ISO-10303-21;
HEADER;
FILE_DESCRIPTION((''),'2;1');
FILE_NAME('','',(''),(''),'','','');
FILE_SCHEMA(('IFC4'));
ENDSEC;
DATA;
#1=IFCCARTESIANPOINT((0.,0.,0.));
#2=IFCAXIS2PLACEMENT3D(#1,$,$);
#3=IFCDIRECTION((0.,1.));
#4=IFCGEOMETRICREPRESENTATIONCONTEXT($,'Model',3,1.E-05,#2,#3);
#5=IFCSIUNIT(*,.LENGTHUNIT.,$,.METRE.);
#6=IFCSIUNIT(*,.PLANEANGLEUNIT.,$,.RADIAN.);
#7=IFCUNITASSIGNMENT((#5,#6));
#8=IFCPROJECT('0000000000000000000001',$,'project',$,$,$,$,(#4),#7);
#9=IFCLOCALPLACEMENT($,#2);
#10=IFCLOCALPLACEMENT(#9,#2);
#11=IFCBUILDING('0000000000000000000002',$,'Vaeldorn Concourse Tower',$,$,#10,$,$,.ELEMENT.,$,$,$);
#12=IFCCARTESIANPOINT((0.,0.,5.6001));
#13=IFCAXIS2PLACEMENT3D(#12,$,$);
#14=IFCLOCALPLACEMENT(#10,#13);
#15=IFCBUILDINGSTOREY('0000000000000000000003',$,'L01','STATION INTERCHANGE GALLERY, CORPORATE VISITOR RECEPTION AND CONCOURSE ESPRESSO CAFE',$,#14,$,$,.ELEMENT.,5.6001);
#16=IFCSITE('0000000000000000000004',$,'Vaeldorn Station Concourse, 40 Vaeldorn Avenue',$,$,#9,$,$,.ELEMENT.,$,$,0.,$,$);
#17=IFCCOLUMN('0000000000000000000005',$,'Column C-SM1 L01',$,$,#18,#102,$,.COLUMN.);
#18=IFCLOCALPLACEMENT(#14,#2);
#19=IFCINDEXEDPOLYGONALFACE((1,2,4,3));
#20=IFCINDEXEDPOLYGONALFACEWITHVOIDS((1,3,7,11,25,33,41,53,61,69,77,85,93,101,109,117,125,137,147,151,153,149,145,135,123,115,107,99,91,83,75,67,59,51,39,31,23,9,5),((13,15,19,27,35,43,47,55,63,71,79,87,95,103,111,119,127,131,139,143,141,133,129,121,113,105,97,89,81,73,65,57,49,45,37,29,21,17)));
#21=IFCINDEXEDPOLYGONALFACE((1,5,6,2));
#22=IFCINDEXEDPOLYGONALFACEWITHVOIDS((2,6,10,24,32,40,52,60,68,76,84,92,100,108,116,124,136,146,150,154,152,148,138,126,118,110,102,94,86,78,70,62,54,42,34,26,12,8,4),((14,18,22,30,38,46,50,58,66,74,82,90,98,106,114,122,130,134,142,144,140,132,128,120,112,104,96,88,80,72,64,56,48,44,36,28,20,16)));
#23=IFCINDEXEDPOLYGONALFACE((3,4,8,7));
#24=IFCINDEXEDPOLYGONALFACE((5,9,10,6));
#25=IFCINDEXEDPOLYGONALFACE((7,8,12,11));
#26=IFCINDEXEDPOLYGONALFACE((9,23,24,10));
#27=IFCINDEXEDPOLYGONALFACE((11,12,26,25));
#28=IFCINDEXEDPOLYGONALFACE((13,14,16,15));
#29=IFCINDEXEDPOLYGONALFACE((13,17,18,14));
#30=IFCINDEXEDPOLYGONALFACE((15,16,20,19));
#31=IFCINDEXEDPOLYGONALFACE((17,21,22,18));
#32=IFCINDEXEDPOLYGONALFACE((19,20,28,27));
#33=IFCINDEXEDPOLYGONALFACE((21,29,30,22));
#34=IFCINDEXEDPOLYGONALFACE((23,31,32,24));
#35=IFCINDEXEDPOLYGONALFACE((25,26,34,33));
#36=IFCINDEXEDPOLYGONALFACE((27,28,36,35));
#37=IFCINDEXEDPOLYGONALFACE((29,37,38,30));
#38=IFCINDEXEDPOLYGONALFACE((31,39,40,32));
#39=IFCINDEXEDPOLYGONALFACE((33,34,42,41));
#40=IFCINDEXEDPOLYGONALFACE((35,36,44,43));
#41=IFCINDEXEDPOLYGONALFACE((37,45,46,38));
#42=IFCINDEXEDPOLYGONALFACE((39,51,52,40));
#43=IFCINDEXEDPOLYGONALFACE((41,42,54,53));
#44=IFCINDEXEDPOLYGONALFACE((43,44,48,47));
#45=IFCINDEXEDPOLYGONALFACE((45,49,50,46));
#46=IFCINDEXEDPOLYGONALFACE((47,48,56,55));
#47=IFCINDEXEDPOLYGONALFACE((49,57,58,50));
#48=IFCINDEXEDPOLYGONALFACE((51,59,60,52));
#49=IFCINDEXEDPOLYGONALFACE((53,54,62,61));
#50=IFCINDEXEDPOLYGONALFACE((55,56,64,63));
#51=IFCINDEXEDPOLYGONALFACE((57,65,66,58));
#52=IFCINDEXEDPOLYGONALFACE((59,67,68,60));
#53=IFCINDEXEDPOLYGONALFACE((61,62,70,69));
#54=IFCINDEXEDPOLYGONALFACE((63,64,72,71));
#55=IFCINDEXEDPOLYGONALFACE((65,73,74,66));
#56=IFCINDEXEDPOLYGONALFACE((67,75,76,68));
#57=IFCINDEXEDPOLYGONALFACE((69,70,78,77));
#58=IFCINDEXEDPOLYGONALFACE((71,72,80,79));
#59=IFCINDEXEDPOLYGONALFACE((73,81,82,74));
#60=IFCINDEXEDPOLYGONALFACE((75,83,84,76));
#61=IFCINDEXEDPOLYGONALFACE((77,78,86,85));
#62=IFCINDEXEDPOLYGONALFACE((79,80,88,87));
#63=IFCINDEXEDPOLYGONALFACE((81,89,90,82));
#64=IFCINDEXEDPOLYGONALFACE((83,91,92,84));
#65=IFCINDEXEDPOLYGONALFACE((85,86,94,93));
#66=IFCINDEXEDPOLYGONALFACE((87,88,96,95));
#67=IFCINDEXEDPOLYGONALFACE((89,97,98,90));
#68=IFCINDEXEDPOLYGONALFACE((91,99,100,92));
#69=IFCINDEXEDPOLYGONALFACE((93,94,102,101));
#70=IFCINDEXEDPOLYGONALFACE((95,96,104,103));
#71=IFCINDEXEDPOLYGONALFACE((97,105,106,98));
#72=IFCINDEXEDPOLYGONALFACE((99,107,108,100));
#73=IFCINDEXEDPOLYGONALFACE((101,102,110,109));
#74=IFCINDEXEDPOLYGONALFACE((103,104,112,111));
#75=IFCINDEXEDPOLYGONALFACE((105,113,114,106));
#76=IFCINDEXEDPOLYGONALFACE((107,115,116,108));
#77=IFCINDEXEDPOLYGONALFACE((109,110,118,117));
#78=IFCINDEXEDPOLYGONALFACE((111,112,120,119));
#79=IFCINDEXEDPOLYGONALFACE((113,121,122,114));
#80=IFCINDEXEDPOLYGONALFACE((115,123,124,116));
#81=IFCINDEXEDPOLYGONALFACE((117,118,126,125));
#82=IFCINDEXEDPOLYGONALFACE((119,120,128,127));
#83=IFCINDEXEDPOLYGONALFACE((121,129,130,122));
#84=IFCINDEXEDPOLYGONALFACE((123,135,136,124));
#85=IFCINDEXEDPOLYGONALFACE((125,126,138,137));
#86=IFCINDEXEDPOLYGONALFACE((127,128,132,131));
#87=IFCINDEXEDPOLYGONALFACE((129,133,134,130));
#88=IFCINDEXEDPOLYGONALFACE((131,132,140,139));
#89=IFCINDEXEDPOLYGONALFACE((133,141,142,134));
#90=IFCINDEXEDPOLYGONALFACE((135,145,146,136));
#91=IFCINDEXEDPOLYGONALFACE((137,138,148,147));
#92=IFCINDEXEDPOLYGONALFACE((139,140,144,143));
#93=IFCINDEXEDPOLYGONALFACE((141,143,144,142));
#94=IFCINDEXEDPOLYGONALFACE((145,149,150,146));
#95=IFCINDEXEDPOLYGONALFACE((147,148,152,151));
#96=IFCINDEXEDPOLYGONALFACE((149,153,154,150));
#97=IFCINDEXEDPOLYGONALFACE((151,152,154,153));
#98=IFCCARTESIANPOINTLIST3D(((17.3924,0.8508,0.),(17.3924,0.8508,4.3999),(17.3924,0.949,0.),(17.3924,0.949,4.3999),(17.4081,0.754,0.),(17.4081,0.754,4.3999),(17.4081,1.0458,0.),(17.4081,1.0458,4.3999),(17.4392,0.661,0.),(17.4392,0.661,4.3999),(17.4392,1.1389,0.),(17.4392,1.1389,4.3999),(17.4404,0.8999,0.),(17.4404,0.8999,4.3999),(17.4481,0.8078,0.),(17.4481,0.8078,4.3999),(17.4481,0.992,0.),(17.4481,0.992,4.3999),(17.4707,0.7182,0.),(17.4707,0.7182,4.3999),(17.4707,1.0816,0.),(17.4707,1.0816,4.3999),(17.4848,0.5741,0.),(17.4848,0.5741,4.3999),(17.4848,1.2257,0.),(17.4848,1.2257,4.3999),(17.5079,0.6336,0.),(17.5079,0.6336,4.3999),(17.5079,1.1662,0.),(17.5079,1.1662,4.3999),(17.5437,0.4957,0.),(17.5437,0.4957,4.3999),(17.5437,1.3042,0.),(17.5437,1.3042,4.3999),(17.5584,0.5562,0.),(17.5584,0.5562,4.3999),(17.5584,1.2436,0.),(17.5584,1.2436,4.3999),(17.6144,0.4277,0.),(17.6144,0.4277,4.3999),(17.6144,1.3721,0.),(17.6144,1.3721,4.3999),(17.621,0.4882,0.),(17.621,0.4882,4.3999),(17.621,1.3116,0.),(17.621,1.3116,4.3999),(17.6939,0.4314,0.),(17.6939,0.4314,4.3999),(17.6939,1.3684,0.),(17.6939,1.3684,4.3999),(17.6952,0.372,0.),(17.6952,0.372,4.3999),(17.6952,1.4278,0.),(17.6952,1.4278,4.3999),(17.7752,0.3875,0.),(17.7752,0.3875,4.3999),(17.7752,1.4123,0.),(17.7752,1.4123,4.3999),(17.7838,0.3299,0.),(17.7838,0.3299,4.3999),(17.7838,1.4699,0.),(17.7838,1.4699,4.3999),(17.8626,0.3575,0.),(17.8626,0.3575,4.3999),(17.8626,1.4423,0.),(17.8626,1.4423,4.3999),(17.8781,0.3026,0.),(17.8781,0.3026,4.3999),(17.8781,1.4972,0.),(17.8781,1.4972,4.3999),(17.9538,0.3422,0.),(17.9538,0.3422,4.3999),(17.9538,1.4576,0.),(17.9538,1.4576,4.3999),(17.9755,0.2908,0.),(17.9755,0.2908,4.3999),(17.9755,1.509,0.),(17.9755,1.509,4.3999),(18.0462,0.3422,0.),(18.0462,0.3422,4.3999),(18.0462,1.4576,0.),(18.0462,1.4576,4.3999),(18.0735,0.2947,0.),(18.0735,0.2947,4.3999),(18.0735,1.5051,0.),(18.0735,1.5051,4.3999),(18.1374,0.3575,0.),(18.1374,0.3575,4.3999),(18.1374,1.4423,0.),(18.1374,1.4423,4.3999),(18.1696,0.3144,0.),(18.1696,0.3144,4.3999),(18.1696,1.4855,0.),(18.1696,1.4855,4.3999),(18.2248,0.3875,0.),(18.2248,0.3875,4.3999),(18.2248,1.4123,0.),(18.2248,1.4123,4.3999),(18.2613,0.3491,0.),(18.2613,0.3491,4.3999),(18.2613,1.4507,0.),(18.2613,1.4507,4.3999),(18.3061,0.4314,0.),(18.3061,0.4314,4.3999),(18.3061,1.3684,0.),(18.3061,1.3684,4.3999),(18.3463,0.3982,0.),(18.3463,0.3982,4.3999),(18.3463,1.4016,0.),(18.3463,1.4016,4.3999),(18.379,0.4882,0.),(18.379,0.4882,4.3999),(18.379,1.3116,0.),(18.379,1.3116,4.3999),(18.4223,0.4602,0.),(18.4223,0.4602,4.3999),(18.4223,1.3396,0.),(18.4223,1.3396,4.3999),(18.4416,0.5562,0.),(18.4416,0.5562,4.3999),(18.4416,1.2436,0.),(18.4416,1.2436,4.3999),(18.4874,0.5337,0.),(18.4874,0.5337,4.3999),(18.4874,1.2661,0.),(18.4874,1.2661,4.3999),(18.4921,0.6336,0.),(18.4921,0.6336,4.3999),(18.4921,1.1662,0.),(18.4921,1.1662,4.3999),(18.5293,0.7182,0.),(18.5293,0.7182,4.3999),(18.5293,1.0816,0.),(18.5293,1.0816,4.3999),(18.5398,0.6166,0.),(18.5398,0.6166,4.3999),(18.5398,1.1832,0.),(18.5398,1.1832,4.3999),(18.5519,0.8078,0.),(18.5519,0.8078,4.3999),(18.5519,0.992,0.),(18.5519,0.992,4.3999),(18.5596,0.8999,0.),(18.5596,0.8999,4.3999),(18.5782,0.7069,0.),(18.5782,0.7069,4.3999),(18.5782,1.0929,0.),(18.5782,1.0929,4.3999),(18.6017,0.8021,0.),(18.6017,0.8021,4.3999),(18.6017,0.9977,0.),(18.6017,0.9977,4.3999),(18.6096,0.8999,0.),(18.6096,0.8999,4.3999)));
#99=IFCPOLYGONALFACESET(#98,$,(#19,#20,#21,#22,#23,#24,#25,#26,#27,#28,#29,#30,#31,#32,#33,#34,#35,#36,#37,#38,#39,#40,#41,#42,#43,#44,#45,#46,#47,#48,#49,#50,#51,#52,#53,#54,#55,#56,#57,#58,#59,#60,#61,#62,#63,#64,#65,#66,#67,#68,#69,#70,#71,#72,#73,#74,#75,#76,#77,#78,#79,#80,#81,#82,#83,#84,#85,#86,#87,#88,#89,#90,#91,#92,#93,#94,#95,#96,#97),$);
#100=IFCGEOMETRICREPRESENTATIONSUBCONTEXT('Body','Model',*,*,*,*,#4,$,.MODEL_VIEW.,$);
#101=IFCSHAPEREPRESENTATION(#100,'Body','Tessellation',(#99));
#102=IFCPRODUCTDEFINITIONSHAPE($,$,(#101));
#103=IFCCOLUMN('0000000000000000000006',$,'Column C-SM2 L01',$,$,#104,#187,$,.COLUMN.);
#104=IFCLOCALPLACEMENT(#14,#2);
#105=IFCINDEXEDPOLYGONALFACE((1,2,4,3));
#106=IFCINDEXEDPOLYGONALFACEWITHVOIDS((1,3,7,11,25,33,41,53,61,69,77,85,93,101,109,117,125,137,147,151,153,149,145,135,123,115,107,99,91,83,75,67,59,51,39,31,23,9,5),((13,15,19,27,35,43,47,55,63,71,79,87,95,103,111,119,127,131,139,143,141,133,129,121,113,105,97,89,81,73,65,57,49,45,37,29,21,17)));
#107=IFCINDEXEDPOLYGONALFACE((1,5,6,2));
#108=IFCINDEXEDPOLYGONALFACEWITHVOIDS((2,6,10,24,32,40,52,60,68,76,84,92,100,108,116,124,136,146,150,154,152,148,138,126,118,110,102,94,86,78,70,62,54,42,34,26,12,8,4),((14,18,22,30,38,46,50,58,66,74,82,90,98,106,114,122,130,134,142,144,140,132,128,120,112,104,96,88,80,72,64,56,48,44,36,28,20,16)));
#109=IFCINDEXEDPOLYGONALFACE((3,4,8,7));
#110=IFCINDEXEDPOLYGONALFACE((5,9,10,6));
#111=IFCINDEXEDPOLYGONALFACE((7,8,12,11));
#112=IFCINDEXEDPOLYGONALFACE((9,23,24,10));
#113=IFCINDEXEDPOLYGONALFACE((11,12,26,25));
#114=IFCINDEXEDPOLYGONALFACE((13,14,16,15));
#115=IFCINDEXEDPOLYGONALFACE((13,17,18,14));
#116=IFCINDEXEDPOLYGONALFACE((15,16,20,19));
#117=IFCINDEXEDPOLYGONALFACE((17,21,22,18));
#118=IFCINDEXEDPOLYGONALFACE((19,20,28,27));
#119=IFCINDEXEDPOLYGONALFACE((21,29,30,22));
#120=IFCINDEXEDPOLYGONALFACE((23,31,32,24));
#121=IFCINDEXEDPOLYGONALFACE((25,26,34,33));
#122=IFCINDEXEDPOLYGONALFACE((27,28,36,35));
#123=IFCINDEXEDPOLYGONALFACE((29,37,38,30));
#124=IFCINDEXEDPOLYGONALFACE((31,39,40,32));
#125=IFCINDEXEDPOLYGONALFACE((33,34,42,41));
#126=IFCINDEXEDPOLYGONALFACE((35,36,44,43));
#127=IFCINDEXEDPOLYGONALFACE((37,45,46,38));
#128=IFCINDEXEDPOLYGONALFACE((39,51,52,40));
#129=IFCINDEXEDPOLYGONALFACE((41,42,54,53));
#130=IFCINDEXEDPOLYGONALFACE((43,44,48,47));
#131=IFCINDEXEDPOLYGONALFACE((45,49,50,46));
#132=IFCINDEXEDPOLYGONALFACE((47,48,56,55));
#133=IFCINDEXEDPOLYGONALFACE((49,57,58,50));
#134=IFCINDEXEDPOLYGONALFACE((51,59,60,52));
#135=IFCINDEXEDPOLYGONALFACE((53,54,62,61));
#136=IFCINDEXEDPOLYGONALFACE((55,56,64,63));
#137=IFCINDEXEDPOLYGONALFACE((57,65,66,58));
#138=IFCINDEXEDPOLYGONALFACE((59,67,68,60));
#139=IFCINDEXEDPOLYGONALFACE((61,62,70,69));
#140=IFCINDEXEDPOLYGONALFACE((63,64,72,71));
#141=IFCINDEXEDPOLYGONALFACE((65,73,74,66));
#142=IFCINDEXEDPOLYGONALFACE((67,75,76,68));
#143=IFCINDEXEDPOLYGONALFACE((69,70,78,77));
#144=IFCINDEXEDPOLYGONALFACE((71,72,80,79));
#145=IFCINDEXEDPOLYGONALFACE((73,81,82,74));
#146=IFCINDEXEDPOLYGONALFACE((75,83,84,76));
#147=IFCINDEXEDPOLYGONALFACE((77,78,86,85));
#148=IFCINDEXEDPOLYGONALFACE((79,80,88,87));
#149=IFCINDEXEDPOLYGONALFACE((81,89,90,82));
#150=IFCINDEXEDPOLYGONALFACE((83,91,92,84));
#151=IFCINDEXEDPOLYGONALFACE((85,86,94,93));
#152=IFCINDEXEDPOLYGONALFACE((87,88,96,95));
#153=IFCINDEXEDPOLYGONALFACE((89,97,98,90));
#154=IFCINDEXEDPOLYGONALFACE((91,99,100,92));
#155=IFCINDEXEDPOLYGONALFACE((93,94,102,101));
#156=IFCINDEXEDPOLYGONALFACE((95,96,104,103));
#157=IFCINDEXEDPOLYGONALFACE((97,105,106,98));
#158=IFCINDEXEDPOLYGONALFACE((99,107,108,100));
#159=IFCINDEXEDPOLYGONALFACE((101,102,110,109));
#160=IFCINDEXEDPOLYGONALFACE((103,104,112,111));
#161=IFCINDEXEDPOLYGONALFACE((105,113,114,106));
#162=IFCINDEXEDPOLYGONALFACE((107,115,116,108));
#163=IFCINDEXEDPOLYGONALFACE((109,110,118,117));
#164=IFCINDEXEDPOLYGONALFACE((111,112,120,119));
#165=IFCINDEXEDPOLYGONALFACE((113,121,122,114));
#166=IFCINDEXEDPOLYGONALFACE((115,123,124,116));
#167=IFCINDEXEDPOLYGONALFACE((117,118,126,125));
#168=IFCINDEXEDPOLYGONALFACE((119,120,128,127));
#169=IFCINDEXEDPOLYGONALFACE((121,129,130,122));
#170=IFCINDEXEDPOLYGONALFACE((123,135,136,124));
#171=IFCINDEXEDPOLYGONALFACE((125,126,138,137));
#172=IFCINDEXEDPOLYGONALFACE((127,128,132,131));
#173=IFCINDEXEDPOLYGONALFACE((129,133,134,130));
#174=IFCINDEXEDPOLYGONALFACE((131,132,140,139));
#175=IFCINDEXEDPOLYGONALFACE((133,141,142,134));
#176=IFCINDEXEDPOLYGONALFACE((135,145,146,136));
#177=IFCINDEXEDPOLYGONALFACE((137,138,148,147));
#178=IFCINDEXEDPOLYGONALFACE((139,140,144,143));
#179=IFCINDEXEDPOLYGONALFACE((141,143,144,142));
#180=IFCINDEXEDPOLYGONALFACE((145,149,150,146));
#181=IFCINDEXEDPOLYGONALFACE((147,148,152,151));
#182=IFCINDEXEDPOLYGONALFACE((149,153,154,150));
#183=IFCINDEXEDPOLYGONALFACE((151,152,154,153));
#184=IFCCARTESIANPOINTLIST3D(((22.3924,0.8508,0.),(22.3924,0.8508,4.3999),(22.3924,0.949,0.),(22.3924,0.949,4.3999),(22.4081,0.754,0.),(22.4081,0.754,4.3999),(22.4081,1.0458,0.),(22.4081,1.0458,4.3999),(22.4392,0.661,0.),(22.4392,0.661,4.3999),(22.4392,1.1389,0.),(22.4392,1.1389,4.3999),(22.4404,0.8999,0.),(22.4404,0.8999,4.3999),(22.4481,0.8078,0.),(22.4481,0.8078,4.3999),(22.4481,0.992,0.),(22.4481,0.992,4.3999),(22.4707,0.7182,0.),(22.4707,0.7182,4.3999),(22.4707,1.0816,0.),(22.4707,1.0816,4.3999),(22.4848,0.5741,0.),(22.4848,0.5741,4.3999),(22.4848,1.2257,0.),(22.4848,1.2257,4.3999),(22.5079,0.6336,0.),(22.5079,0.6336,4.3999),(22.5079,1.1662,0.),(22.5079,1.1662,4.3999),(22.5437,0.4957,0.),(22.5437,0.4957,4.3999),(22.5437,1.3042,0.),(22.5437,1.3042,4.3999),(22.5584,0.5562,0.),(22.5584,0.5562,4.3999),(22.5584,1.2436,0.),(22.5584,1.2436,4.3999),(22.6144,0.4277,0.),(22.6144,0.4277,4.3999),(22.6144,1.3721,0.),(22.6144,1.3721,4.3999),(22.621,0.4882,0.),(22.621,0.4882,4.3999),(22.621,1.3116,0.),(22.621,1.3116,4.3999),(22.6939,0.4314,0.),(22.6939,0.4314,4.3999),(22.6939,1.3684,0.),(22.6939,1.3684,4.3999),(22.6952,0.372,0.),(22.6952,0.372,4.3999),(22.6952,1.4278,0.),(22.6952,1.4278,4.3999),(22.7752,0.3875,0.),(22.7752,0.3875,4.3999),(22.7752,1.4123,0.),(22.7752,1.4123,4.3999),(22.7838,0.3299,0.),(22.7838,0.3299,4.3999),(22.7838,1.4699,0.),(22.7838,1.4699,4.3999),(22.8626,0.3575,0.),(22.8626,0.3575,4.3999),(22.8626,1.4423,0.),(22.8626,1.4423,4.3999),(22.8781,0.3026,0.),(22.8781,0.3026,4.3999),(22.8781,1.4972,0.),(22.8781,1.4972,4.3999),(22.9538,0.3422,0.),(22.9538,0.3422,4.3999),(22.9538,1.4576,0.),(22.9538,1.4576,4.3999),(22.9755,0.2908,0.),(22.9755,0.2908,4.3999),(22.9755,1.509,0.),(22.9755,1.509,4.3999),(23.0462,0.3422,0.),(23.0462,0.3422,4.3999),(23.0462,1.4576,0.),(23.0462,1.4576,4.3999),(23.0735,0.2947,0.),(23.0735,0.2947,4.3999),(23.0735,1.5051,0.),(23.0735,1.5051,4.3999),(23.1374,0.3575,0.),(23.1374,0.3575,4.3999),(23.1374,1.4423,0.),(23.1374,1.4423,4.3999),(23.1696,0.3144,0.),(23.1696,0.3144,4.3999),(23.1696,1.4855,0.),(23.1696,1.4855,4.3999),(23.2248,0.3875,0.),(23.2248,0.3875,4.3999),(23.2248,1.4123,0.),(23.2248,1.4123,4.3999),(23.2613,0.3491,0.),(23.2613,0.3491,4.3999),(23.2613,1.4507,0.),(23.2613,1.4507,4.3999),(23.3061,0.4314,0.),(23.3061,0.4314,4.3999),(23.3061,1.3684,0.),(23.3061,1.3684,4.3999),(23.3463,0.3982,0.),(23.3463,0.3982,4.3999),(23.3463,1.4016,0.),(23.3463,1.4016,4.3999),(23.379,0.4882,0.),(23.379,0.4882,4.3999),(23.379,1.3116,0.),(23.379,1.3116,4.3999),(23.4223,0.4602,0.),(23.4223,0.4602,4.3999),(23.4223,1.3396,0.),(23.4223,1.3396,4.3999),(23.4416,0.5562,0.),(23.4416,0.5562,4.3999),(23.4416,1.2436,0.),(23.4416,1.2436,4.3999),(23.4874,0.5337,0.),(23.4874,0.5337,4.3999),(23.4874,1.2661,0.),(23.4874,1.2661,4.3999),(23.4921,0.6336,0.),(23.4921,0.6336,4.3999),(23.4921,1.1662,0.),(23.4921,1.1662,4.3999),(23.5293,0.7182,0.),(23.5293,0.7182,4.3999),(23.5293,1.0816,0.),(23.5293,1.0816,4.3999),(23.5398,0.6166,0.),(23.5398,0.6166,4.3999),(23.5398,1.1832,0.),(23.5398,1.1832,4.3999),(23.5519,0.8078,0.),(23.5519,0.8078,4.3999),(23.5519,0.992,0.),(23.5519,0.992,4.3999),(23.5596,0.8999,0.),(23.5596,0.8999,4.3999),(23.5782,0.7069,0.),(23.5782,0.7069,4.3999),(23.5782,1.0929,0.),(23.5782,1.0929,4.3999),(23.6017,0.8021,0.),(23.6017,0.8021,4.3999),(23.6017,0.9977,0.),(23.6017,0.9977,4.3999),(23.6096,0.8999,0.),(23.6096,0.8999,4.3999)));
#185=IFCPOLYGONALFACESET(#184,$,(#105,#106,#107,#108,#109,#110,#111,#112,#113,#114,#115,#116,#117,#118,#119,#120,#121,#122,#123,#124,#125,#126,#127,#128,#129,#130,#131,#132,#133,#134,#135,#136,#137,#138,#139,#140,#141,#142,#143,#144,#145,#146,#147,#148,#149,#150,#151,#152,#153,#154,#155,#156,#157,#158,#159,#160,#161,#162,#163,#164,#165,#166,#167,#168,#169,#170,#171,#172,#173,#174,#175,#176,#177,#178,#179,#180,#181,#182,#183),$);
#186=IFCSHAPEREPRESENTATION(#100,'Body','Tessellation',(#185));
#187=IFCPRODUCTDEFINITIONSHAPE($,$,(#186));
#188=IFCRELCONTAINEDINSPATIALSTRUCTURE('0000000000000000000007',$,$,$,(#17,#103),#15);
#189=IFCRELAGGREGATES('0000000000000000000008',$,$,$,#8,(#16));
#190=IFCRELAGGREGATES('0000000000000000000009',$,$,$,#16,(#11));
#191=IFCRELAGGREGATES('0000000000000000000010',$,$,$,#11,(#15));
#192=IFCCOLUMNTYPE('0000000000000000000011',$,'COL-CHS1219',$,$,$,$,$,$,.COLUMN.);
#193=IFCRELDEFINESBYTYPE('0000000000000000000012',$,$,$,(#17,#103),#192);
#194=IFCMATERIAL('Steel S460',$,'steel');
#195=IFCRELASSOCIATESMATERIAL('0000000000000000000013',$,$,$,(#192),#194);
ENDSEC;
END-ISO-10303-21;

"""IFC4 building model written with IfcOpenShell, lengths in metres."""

from ifc_helpers import new_model, si_unit, direction, frame, origin, origin_2d, place, context, subcontext, project, spatial, hollow_circle, extrude, source, transform, mapped, material, material_profile, profile_set, type_object, element, save


model = new_model("IFC4")

# Units and contexts
model_context = context("Model", 3, precision=1e-05, world=origin(), true_north=direction((0.0, 1.0)))
body_context = subcontext(model_context, "Body", "Model", "MODEL_VIEW")
ifc_project = project(units=[si_unit("LENGTHUNIT", "METRE"), si_unit("PLANEANGLEUNIT", "RADIAN")], contexts=[model_context])

# Site, building, storey
site_placement = place(None, origin())
site = spatial("IfcSite", under=ifc_project, at=site_placement, Name="Vaeldorn Station Concourse, 40 Vaeldorn Avenue", CompositionType="ELEMENT", RefElevation=0.0)
building_placement = place(site_placement, origin())
building = spatial("IfcBuilding", under=site, at=building_placement, Name="Vaeldorn Concourse Tower", CompositionType="ELEMENT")
storey_placement = place(building_placement, frame((0.0, 0.0, 5.6001)))
storey = spatial("IfcBuildingStorey", under=building, at=storey_placement, Name="L01", Description="STATION INTERCHANGE GALLERY, CORPORATE VISITOR RECEPTION AND CONCOURSE ESPRESSO CAFE", CompositionType="ELEMENT", Elevation=5.6001)

# Columns
ifc_material_1 = material(Name="Steel S460", Category="steel")
ifc_material_profile_1 = material_profile(ifc_material_1, hollow_circle(Radius=0.6096, WallThickness=0.05, at=origin_2d()), Name="CHS 1219x50")
ifc_profile_set_1 = profile_set([ifc_material_profile_1], Name="Steel S460")
column_type = type_object("IfcColumnType", Name="COL-CHS1219", PredefinedType="COLUMN", material=ifc_profile_set_1)
shared_shape_1 = source(origin(), body_context, "Body", "SweptSolid", [
    extrude(hollow_circle(Radius=0.6096, WallThickness=0.05, at=origin_2d()), origin(), (0.0, 0.0, 1.0), 4.3999),
])
for number, where, z_axis, x_axis, name in (
    (1, (18.0, 0.8999, 0.0), (0.0, 0.0, 1.0), (1.0, 0.0, 0.0), "Column C-SM1 L01"),
    (2, (23.0, 0.8999, 0.0), (0.0, 0.0, 1.0), (1.0, 0.0, 0.0), "Column C-SM2 L01"),
):
    element("IfcColumn", number, at=place(storey_placement, frame(where, z_axis=z_axis, x_axis=x_axis)), inside=storey, type_object=column_type, Name=name, PredefinedType="COLUMN", context=body_context, shape_type="MappedRepresentation", body=[
        mapped(shared_shape_1, transform((0.0, 0.0, 0.0), scale=1.0)),
    ])

save(model, "model.ifc")
